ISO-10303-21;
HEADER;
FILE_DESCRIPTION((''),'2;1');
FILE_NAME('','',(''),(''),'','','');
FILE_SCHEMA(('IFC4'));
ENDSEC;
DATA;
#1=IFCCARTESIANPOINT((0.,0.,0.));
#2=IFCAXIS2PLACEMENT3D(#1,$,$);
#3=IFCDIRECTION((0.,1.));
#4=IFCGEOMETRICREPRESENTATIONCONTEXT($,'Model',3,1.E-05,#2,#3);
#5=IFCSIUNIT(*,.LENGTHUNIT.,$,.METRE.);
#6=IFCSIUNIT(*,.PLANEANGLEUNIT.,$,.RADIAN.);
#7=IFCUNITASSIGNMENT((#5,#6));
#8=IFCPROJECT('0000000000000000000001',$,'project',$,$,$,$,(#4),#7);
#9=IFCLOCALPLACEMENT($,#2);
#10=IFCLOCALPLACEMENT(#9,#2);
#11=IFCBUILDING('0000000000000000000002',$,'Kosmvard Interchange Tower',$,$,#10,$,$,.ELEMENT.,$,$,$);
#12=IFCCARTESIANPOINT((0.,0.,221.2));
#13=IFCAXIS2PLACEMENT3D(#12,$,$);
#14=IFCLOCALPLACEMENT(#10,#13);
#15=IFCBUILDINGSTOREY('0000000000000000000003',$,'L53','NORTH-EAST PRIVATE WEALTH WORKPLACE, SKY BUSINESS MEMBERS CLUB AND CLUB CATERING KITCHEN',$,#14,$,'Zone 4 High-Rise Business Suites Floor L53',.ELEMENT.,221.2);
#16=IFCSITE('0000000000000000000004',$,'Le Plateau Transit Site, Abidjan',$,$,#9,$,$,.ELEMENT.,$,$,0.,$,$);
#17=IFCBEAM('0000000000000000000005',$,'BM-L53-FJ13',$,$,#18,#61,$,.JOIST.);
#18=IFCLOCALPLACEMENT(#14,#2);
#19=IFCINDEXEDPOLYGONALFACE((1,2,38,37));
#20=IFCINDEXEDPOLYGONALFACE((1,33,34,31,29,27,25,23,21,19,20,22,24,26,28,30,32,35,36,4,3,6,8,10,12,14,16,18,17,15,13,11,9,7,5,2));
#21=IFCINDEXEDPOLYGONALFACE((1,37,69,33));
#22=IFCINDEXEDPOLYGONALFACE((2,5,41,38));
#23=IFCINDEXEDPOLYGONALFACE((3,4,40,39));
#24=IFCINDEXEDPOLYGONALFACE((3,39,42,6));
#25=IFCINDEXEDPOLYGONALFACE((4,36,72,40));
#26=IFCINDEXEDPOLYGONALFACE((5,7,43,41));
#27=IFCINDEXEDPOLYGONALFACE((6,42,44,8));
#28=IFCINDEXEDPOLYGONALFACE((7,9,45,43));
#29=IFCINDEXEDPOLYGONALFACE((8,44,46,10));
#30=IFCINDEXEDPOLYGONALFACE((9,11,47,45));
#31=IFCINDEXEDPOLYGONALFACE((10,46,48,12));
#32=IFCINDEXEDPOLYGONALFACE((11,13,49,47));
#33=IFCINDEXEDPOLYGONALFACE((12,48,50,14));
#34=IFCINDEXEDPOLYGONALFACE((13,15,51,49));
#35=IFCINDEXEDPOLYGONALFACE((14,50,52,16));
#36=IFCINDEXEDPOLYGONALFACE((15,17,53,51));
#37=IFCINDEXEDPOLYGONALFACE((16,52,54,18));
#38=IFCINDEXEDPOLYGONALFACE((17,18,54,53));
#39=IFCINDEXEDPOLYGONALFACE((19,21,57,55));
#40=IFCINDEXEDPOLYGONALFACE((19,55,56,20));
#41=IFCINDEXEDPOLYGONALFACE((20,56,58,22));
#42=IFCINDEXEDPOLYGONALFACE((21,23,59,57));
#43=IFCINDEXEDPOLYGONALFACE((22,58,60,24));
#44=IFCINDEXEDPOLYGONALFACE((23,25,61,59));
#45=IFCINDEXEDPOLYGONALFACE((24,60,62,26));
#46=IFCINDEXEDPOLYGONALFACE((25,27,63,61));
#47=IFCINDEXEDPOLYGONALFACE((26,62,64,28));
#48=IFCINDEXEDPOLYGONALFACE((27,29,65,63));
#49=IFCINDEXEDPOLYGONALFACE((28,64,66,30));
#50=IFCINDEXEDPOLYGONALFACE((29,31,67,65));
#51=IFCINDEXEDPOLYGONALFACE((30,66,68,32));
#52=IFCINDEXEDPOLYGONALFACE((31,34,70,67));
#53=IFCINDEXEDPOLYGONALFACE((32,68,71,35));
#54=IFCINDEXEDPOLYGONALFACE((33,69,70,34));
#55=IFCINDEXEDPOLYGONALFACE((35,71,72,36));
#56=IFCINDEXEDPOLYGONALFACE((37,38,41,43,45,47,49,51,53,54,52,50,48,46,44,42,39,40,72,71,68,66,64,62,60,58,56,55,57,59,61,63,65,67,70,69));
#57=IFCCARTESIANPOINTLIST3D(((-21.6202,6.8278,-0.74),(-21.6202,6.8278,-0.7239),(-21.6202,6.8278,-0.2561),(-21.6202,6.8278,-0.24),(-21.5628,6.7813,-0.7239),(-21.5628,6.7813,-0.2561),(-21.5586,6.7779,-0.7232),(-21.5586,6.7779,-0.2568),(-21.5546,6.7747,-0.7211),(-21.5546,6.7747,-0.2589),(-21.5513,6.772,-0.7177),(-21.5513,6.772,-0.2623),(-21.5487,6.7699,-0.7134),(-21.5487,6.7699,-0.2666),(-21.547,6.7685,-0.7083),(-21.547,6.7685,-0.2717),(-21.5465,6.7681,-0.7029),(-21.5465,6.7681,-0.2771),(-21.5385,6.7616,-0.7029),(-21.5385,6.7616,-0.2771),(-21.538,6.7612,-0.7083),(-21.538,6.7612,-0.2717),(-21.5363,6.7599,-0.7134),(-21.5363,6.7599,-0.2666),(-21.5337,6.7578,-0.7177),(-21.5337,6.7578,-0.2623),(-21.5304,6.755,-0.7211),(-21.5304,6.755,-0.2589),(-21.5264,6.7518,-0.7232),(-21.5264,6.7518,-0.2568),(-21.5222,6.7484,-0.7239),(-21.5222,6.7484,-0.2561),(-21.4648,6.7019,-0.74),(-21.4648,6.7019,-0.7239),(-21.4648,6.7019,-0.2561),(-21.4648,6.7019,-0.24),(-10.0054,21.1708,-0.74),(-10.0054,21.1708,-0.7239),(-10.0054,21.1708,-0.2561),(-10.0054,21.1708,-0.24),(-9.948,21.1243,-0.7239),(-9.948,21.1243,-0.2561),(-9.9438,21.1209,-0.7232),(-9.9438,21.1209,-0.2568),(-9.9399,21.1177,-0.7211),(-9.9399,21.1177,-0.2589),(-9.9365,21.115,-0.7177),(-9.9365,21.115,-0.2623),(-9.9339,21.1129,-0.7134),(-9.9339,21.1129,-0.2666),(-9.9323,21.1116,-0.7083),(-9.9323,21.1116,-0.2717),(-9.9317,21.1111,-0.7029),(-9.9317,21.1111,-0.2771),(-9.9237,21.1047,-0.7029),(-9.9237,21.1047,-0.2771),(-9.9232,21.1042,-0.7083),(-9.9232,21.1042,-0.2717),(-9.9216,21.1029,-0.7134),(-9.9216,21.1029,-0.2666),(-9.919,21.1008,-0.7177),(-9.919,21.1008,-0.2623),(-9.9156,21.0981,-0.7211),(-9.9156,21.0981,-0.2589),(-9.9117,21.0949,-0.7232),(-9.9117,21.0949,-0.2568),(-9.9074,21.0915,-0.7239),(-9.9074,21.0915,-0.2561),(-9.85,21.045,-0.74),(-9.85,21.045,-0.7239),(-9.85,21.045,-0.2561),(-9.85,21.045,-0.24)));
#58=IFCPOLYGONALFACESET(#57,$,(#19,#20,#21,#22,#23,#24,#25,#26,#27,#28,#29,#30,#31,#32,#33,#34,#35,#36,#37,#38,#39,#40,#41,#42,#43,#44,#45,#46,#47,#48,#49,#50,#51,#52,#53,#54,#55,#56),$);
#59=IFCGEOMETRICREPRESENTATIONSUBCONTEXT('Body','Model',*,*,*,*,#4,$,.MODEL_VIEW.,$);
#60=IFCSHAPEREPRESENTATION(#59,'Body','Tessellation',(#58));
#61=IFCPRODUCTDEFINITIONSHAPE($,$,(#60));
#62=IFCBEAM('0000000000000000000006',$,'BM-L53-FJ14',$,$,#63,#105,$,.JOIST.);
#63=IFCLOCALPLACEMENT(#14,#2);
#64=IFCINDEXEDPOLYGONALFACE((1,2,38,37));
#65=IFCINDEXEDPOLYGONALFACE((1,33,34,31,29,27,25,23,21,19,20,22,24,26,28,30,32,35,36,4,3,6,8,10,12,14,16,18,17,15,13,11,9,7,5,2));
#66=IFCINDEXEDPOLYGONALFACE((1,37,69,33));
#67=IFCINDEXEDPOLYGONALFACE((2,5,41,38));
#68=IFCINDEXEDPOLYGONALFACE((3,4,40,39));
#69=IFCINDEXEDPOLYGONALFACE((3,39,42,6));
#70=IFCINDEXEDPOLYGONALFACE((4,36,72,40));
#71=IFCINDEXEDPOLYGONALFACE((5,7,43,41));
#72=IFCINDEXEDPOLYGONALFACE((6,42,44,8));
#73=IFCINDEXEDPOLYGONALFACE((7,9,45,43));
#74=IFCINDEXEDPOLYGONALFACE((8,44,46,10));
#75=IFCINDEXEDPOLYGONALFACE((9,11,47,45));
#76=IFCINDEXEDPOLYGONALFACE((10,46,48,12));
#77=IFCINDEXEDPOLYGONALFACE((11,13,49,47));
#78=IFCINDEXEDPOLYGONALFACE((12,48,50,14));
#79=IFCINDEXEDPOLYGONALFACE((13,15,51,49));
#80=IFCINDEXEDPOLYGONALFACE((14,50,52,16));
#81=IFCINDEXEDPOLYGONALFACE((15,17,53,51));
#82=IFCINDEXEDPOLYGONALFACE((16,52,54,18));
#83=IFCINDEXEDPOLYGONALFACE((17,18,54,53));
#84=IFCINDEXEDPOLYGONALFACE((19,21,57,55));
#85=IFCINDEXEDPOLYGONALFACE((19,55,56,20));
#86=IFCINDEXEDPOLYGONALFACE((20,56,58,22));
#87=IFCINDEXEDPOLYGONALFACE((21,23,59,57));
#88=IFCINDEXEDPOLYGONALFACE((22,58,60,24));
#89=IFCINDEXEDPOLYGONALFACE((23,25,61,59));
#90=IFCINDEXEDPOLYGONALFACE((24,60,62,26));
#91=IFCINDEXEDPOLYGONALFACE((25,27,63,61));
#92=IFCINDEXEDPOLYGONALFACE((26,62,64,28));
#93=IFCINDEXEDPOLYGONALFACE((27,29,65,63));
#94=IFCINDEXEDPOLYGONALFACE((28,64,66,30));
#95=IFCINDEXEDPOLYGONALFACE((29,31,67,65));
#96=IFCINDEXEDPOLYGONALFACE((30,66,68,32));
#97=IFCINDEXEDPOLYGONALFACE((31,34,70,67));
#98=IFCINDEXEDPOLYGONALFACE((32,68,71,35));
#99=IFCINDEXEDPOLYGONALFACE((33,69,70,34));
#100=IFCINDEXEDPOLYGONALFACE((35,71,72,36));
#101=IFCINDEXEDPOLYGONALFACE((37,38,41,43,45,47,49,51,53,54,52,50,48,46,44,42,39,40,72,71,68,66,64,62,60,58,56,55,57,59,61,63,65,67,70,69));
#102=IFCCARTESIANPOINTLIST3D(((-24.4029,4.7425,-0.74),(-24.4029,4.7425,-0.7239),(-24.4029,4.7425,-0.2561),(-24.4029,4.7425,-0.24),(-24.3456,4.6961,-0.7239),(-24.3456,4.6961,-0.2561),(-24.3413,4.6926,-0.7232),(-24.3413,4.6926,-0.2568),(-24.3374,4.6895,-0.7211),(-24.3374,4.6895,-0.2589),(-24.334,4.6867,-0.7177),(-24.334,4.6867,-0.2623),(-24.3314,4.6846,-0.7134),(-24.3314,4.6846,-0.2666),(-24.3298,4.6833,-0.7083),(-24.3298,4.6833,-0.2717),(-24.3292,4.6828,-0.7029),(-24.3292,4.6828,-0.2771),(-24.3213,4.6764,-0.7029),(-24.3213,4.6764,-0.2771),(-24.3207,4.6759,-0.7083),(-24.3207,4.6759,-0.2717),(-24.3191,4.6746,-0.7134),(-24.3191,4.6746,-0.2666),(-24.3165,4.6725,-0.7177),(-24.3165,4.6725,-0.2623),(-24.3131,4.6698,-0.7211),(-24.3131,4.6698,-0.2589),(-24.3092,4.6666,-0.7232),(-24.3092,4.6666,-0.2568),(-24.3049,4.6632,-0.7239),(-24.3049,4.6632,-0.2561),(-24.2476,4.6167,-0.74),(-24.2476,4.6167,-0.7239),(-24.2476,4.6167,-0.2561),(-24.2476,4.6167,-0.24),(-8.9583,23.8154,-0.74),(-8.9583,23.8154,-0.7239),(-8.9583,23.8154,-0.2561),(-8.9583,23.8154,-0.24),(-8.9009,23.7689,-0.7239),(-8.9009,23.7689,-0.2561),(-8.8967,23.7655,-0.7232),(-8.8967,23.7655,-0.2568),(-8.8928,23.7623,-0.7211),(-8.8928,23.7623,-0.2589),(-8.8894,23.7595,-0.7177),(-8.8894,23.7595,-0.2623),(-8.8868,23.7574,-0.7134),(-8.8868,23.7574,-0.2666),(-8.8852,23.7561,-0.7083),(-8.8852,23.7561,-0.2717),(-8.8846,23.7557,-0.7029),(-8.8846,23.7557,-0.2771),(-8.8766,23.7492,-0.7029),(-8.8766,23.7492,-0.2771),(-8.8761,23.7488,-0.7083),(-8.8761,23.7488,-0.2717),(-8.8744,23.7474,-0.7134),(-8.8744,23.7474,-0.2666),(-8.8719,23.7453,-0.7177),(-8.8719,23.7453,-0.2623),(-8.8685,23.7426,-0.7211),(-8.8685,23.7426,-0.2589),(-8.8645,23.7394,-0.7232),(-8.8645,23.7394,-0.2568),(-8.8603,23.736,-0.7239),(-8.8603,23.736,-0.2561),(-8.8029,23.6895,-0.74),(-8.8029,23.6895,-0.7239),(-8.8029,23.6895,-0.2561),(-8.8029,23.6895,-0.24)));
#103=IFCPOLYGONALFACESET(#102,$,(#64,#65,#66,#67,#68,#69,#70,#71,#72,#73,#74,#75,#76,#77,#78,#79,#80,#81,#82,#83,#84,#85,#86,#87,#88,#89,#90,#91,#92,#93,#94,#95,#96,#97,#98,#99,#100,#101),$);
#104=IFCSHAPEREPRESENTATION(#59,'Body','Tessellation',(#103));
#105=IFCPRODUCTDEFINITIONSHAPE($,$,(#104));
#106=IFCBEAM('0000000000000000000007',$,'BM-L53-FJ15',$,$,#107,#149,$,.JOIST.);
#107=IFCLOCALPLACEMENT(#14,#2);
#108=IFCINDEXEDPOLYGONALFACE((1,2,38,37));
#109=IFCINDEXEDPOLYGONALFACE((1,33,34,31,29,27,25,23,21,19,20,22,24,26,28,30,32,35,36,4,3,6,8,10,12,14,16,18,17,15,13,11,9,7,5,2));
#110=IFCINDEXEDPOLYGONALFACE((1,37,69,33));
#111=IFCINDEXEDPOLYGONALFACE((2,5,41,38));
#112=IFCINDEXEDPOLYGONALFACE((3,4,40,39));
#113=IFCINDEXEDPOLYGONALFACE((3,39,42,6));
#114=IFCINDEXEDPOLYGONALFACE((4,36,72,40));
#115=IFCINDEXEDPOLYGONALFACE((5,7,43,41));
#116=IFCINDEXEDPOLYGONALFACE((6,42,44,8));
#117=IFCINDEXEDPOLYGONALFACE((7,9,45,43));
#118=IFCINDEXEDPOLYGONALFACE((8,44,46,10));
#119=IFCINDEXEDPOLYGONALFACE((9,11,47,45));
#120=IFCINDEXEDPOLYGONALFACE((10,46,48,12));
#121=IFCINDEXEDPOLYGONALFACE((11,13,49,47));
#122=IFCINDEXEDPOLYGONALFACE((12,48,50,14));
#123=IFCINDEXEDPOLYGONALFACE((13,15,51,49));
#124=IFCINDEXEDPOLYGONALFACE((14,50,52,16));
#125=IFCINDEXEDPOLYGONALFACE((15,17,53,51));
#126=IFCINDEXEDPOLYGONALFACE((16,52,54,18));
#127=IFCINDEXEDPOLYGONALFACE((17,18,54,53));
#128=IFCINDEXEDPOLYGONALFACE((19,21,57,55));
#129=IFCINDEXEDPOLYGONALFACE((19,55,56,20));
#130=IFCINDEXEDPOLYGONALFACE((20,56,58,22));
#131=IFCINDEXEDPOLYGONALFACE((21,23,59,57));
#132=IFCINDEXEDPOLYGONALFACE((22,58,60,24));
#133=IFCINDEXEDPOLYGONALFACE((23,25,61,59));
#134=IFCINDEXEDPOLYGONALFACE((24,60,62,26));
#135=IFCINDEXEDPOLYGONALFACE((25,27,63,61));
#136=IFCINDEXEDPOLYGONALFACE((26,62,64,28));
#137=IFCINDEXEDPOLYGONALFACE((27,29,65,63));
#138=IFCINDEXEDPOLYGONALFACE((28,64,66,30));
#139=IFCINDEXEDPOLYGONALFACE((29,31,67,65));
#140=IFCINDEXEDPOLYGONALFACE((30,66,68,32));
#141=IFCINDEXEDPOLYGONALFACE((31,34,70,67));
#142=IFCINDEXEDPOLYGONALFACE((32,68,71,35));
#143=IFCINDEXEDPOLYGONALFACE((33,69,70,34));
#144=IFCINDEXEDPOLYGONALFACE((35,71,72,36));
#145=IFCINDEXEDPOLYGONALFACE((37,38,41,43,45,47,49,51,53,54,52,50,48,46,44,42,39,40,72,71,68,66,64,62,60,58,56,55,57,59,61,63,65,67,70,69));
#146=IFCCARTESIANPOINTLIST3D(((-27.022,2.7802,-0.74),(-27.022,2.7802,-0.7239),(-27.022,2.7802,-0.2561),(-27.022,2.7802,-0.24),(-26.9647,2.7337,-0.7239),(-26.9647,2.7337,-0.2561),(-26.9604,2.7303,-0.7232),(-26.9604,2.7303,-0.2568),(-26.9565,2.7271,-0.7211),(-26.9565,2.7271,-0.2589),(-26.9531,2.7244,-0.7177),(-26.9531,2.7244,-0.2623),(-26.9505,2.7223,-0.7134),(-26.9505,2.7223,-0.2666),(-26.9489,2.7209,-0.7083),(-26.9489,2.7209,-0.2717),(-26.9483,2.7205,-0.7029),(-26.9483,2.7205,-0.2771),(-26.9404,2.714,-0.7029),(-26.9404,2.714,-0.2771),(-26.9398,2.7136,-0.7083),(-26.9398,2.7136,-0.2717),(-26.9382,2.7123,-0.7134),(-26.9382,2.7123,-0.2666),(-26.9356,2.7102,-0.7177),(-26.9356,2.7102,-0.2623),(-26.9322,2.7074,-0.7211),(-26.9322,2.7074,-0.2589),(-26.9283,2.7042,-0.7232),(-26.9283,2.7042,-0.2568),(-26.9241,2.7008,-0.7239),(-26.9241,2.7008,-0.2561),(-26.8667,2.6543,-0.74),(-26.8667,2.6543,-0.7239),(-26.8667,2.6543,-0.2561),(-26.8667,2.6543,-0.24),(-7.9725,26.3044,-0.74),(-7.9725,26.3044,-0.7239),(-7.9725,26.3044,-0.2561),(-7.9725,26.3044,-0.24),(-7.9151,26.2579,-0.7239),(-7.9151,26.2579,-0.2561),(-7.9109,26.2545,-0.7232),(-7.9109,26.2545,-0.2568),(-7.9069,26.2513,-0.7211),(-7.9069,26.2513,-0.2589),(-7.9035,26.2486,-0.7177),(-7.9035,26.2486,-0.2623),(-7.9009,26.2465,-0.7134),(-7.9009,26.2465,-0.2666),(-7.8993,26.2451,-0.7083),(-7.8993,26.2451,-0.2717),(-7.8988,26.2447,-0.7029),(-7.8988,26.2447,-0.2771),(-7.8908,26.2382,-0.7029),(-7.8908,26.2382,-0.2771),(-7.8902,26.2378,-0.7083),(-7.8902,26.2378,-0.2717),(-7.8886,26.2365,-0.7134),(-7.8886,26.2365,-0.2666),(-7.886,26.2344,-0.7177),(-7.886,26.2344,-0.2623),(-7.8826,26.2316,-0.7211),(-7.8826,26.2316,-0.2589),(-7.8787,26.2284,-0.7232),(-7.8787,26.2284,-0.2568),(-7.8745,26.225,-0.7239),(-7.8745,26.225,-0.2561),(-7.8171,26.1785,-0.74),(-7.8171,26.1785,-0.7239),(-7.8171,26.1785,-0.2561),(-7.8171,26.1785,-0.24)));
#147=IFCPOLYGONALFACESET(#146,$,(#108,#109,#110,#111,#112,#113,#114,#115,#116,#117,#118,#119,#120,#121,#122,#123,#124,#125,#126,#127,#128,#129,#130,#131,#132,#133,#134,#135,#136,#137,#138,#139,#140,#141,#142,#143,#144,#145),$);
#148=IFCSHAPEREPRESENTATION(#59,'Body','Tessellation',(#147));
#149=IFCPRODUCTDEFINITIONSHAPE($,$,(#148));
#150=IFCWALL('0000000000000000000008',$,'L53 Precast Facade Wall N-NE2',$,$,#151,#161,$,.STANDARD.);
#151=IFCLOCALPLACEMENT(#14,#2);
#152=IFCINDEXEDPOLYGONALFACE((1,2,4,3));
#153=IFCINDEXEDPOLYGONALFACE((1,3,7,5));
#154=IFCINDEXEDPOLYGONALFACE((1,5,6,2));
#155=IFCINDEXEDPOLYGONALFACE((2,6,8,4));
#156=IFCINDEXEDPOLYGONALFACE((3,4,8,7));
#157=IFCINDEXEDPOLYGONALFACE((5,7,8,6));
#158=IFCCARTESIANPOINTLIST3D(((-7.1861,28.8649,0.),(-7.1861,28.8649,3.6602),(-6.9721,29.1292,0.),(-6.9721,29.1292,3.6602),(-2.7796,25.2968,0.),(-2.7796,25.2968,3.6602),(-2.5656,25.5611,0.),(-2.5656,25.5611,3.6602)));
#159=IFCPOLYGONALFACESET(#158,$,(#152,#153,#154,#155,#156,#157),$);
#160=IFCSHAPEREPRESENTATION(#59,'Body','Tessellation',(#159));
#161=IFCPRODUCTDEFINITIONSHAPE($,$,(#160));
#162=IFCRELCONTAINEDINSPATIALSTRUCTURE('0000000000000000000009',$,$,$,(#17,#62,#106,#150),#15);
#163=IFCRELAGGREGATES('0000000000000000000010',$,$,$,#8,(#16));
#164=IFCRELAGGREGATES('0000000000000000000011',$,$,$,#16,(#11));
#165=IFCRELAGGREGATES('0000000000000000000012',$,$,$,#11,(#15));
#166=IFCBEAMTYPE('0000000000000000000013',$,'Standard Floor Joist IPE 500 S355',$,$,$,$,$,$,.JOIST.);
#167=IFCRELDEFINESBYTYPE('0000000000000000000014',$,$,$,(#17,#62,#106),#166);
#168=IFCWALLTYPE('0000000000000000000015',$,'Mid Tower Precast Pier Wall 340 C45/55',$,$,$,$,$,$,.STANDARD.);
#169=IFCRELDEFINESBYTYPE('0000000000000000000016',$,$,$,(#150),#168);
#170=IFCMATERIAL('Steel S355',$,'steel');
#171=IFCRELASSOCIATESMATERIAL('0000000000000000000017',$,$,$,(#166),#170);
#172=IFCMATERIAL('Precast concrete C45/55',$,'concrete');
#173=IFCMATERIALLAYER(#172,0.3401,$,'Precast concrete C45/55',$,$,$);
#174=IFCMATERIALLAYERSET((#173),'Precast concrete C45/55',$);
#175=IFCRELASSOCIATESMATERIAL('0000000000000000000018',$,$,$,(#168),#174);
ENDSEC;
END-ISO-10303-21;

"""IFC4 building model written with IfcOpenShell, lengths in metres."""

from ifc_helpers import new_model, si_unit, direction, frame, frame_2d, origin, origin_2d, place, context, subcontext, project, spatial, rectangle, i_section, extrude, source, transform, mapped, material, layer, layer_set, material_profile, profile_set, type_object, element, save


model = new_model("IFC4")

# Units and contexts
model_context = context("Model", 3, precision=1e-05, world=origin(), true_north=direction((0.0, 1.0)))
body_context = subcontext(model_context, "Body", "Model", "MODEL_VIEW")
ifc_project = project(units=[si_unit("LENGTHUNIT", "METRE"), si_unit("PLANEANGLEUNIT", "RADIAN")], contexts=[model_context])

# Site, building, storey
site_placement = place(None, origin())
site = spatial("IfcSite", under=ifc_project, at=site_placement, Name="Le Plateau Transit Site, Abidjan", CompositionType="ELEMENT", RefElevation=0.0)
building_placement = place(site_placement, origin())
building = spatial("IfcBuilding", under=site, at=building_placement, Name="Kosmvard Interchange Tower", CompositionType="ELEMENT")
storey_placement = place(building_placement, frame((0.0, 0.0, 221.2)))
storey = spatial("IfcBuildingStorey", under=building, at=storey_placement, Name="L53", Description="NORTH-EAST PRIVATE WEALTH WORKPLACE, SKY BUSINESS MEMBERS CLUB AND CLUB CATERING KITCHEN", LongName="Zone 4 High-Rise Business Suites Floor L53", CompositionType="ELEMENT", Elevation=221.2)

# Beams
ifc_material_1 = material(Name="Steel S355", Category="steel")
ifc_material_profile_1 = material_profile(ifc_material_1, i_section(OverallWidth=0.2, OverallDepth=0.5, WebThickness=0.0103, FlangeThickness=0.0161, FilletRadius=0.021, at=origin_2d()), Name="IPE 500")
ifc_profile_set_1 = profile_set([ifc_material_profile_1], Name="Steel S355")
beam_type_1 = type_object("IfcBeamType", Name="Standard Floor Joist IPE 500 S355", PredefinedType="JOIST", material=ifc_profile_set_1)
shared_shape_1 = source(origin(), body_context, "Body", "SweptSolid", [
    extrude(i_section(OverallWidth=0.2, OverallDepth=0.5, WebThickness=0.0103, FlangeThickness=0.0161, FilletRadius=0.021, at=origin_2d()), origin(), (0.0, 0.0, 1.0), 18.4561),
])
beam_1_placement = place(storey_placement, frame((-9.9277, 21.1079, -0.49), z_axis=(-0.62932, -0.777146, 0.0), x_axis=(0.777146, -0.62932, 0.0)))
element("IfcBeam", 1, at=beam_1_placement, inside=storey, type_object=beam_type_1, Name="BM-L53-FJ13", PredefinedType="JOIST", context=body_context, shape_type="MappedRepresentation", body=[
    mapped(shared_shape_1, transform((0.0, 0.0, 0.0), scale=1.0)),
])
shared_shape_2 = source(origin(), body_context, "Body", "SweptSolid", [
    extrude(i_section(OverallWidth=0.2, OverallDepth=0.5, WebThickness=0.0103, FlangeThickness=0.0161, FilletRadius=0.021, at=origin_2d()), origin(), (0.0, 0.0, 1.0), 24.542),
])
beam_2_placement = place(storey_placement, frame((-8.8806, 23.7524, -0.49), z_axis=(-0.629315, -0.777151, 0.0), x_axis=(0.777151, -0.629315, 0.0)))
element("IfcBeam", 2, at=beam_2_placement, inside=storey, type_object=beam_type_1, Name="BM-L53-FJ14", PredefinedType="JOIST", context=body_context, shape_type="MappedRepresentation", body=[
    mapped(shared_shape_2, transform((0.0, 0.0, 0.0), scale=1.0)),
])
shared_shape_3 = source(origin(), body_context, "Body", "SweptSolid", [
    extrude(i_section(OverallWidth=0.2, OverallDepth=0.5, WebThickness=0.0103, FlangeThickness=0.0161, FilletRadius=0.021, at=origin_2d()), origin(), (0.0, 0.0, 1.0), 30.27),
])
beam_3_placement = place(storey_placement, frame((-7.8948, 26.2415, -0.49), z_axis=(-0.629322, -0.777145, 0.0), x_axis=(0.777145, -0.629322, 0.0)))
element("IfcBeam", 3, at=beam_3_placement, inside=storey, type_object=beam_type_1, Name="BM-L53-FJ15", PredefinedType="JOIST", context=body_context, shape_type="MappedRepresentation", body=[
    mapped(shared_shape_3, transform((0.0, 0.0, 0.0), scale=1.0)),
])

# Wall
ifc_material_2 = material(Name="Precast concrete C45/55", Category="concrete")
ifc_layer_1 = layer(ifc_material_2, 0.3401, Name="Precast concrete C45/55")
ifc_layer_set_1 = layer_set([ifc_layer_1], Name="Precast concrete C45/55")
wall_type = type_object("IfcWallType", Name="Mid Tower Precast Pier Wall 340 C45/55", PredefinedType="STANDARD", material=ifc_layer_set_1)
wall_1_placement = place(storey_placement, frame((-2.6726, 25.429, 0.0), z_axis=(0.0, 0.0, 1.0), x_axis=(-0.777163, 0.6293, 0.0)))
element("IfcWall", 4, at=wall_1_placement, inside=storey, type_object=wall_type, Name="L53 Precast Facade Wall N-NE2", PredefinedType="STANDARD", context=body_context, shape_type="SweptSolid", body=[
    extrude(rectangle(XDim=5.6699, YDim=0.3401, at=frame_2d((2.835, 0.0))), origin(), (0.0, 0.0, 1.0), 3.6602),
])

save(model, "model.ifc")
